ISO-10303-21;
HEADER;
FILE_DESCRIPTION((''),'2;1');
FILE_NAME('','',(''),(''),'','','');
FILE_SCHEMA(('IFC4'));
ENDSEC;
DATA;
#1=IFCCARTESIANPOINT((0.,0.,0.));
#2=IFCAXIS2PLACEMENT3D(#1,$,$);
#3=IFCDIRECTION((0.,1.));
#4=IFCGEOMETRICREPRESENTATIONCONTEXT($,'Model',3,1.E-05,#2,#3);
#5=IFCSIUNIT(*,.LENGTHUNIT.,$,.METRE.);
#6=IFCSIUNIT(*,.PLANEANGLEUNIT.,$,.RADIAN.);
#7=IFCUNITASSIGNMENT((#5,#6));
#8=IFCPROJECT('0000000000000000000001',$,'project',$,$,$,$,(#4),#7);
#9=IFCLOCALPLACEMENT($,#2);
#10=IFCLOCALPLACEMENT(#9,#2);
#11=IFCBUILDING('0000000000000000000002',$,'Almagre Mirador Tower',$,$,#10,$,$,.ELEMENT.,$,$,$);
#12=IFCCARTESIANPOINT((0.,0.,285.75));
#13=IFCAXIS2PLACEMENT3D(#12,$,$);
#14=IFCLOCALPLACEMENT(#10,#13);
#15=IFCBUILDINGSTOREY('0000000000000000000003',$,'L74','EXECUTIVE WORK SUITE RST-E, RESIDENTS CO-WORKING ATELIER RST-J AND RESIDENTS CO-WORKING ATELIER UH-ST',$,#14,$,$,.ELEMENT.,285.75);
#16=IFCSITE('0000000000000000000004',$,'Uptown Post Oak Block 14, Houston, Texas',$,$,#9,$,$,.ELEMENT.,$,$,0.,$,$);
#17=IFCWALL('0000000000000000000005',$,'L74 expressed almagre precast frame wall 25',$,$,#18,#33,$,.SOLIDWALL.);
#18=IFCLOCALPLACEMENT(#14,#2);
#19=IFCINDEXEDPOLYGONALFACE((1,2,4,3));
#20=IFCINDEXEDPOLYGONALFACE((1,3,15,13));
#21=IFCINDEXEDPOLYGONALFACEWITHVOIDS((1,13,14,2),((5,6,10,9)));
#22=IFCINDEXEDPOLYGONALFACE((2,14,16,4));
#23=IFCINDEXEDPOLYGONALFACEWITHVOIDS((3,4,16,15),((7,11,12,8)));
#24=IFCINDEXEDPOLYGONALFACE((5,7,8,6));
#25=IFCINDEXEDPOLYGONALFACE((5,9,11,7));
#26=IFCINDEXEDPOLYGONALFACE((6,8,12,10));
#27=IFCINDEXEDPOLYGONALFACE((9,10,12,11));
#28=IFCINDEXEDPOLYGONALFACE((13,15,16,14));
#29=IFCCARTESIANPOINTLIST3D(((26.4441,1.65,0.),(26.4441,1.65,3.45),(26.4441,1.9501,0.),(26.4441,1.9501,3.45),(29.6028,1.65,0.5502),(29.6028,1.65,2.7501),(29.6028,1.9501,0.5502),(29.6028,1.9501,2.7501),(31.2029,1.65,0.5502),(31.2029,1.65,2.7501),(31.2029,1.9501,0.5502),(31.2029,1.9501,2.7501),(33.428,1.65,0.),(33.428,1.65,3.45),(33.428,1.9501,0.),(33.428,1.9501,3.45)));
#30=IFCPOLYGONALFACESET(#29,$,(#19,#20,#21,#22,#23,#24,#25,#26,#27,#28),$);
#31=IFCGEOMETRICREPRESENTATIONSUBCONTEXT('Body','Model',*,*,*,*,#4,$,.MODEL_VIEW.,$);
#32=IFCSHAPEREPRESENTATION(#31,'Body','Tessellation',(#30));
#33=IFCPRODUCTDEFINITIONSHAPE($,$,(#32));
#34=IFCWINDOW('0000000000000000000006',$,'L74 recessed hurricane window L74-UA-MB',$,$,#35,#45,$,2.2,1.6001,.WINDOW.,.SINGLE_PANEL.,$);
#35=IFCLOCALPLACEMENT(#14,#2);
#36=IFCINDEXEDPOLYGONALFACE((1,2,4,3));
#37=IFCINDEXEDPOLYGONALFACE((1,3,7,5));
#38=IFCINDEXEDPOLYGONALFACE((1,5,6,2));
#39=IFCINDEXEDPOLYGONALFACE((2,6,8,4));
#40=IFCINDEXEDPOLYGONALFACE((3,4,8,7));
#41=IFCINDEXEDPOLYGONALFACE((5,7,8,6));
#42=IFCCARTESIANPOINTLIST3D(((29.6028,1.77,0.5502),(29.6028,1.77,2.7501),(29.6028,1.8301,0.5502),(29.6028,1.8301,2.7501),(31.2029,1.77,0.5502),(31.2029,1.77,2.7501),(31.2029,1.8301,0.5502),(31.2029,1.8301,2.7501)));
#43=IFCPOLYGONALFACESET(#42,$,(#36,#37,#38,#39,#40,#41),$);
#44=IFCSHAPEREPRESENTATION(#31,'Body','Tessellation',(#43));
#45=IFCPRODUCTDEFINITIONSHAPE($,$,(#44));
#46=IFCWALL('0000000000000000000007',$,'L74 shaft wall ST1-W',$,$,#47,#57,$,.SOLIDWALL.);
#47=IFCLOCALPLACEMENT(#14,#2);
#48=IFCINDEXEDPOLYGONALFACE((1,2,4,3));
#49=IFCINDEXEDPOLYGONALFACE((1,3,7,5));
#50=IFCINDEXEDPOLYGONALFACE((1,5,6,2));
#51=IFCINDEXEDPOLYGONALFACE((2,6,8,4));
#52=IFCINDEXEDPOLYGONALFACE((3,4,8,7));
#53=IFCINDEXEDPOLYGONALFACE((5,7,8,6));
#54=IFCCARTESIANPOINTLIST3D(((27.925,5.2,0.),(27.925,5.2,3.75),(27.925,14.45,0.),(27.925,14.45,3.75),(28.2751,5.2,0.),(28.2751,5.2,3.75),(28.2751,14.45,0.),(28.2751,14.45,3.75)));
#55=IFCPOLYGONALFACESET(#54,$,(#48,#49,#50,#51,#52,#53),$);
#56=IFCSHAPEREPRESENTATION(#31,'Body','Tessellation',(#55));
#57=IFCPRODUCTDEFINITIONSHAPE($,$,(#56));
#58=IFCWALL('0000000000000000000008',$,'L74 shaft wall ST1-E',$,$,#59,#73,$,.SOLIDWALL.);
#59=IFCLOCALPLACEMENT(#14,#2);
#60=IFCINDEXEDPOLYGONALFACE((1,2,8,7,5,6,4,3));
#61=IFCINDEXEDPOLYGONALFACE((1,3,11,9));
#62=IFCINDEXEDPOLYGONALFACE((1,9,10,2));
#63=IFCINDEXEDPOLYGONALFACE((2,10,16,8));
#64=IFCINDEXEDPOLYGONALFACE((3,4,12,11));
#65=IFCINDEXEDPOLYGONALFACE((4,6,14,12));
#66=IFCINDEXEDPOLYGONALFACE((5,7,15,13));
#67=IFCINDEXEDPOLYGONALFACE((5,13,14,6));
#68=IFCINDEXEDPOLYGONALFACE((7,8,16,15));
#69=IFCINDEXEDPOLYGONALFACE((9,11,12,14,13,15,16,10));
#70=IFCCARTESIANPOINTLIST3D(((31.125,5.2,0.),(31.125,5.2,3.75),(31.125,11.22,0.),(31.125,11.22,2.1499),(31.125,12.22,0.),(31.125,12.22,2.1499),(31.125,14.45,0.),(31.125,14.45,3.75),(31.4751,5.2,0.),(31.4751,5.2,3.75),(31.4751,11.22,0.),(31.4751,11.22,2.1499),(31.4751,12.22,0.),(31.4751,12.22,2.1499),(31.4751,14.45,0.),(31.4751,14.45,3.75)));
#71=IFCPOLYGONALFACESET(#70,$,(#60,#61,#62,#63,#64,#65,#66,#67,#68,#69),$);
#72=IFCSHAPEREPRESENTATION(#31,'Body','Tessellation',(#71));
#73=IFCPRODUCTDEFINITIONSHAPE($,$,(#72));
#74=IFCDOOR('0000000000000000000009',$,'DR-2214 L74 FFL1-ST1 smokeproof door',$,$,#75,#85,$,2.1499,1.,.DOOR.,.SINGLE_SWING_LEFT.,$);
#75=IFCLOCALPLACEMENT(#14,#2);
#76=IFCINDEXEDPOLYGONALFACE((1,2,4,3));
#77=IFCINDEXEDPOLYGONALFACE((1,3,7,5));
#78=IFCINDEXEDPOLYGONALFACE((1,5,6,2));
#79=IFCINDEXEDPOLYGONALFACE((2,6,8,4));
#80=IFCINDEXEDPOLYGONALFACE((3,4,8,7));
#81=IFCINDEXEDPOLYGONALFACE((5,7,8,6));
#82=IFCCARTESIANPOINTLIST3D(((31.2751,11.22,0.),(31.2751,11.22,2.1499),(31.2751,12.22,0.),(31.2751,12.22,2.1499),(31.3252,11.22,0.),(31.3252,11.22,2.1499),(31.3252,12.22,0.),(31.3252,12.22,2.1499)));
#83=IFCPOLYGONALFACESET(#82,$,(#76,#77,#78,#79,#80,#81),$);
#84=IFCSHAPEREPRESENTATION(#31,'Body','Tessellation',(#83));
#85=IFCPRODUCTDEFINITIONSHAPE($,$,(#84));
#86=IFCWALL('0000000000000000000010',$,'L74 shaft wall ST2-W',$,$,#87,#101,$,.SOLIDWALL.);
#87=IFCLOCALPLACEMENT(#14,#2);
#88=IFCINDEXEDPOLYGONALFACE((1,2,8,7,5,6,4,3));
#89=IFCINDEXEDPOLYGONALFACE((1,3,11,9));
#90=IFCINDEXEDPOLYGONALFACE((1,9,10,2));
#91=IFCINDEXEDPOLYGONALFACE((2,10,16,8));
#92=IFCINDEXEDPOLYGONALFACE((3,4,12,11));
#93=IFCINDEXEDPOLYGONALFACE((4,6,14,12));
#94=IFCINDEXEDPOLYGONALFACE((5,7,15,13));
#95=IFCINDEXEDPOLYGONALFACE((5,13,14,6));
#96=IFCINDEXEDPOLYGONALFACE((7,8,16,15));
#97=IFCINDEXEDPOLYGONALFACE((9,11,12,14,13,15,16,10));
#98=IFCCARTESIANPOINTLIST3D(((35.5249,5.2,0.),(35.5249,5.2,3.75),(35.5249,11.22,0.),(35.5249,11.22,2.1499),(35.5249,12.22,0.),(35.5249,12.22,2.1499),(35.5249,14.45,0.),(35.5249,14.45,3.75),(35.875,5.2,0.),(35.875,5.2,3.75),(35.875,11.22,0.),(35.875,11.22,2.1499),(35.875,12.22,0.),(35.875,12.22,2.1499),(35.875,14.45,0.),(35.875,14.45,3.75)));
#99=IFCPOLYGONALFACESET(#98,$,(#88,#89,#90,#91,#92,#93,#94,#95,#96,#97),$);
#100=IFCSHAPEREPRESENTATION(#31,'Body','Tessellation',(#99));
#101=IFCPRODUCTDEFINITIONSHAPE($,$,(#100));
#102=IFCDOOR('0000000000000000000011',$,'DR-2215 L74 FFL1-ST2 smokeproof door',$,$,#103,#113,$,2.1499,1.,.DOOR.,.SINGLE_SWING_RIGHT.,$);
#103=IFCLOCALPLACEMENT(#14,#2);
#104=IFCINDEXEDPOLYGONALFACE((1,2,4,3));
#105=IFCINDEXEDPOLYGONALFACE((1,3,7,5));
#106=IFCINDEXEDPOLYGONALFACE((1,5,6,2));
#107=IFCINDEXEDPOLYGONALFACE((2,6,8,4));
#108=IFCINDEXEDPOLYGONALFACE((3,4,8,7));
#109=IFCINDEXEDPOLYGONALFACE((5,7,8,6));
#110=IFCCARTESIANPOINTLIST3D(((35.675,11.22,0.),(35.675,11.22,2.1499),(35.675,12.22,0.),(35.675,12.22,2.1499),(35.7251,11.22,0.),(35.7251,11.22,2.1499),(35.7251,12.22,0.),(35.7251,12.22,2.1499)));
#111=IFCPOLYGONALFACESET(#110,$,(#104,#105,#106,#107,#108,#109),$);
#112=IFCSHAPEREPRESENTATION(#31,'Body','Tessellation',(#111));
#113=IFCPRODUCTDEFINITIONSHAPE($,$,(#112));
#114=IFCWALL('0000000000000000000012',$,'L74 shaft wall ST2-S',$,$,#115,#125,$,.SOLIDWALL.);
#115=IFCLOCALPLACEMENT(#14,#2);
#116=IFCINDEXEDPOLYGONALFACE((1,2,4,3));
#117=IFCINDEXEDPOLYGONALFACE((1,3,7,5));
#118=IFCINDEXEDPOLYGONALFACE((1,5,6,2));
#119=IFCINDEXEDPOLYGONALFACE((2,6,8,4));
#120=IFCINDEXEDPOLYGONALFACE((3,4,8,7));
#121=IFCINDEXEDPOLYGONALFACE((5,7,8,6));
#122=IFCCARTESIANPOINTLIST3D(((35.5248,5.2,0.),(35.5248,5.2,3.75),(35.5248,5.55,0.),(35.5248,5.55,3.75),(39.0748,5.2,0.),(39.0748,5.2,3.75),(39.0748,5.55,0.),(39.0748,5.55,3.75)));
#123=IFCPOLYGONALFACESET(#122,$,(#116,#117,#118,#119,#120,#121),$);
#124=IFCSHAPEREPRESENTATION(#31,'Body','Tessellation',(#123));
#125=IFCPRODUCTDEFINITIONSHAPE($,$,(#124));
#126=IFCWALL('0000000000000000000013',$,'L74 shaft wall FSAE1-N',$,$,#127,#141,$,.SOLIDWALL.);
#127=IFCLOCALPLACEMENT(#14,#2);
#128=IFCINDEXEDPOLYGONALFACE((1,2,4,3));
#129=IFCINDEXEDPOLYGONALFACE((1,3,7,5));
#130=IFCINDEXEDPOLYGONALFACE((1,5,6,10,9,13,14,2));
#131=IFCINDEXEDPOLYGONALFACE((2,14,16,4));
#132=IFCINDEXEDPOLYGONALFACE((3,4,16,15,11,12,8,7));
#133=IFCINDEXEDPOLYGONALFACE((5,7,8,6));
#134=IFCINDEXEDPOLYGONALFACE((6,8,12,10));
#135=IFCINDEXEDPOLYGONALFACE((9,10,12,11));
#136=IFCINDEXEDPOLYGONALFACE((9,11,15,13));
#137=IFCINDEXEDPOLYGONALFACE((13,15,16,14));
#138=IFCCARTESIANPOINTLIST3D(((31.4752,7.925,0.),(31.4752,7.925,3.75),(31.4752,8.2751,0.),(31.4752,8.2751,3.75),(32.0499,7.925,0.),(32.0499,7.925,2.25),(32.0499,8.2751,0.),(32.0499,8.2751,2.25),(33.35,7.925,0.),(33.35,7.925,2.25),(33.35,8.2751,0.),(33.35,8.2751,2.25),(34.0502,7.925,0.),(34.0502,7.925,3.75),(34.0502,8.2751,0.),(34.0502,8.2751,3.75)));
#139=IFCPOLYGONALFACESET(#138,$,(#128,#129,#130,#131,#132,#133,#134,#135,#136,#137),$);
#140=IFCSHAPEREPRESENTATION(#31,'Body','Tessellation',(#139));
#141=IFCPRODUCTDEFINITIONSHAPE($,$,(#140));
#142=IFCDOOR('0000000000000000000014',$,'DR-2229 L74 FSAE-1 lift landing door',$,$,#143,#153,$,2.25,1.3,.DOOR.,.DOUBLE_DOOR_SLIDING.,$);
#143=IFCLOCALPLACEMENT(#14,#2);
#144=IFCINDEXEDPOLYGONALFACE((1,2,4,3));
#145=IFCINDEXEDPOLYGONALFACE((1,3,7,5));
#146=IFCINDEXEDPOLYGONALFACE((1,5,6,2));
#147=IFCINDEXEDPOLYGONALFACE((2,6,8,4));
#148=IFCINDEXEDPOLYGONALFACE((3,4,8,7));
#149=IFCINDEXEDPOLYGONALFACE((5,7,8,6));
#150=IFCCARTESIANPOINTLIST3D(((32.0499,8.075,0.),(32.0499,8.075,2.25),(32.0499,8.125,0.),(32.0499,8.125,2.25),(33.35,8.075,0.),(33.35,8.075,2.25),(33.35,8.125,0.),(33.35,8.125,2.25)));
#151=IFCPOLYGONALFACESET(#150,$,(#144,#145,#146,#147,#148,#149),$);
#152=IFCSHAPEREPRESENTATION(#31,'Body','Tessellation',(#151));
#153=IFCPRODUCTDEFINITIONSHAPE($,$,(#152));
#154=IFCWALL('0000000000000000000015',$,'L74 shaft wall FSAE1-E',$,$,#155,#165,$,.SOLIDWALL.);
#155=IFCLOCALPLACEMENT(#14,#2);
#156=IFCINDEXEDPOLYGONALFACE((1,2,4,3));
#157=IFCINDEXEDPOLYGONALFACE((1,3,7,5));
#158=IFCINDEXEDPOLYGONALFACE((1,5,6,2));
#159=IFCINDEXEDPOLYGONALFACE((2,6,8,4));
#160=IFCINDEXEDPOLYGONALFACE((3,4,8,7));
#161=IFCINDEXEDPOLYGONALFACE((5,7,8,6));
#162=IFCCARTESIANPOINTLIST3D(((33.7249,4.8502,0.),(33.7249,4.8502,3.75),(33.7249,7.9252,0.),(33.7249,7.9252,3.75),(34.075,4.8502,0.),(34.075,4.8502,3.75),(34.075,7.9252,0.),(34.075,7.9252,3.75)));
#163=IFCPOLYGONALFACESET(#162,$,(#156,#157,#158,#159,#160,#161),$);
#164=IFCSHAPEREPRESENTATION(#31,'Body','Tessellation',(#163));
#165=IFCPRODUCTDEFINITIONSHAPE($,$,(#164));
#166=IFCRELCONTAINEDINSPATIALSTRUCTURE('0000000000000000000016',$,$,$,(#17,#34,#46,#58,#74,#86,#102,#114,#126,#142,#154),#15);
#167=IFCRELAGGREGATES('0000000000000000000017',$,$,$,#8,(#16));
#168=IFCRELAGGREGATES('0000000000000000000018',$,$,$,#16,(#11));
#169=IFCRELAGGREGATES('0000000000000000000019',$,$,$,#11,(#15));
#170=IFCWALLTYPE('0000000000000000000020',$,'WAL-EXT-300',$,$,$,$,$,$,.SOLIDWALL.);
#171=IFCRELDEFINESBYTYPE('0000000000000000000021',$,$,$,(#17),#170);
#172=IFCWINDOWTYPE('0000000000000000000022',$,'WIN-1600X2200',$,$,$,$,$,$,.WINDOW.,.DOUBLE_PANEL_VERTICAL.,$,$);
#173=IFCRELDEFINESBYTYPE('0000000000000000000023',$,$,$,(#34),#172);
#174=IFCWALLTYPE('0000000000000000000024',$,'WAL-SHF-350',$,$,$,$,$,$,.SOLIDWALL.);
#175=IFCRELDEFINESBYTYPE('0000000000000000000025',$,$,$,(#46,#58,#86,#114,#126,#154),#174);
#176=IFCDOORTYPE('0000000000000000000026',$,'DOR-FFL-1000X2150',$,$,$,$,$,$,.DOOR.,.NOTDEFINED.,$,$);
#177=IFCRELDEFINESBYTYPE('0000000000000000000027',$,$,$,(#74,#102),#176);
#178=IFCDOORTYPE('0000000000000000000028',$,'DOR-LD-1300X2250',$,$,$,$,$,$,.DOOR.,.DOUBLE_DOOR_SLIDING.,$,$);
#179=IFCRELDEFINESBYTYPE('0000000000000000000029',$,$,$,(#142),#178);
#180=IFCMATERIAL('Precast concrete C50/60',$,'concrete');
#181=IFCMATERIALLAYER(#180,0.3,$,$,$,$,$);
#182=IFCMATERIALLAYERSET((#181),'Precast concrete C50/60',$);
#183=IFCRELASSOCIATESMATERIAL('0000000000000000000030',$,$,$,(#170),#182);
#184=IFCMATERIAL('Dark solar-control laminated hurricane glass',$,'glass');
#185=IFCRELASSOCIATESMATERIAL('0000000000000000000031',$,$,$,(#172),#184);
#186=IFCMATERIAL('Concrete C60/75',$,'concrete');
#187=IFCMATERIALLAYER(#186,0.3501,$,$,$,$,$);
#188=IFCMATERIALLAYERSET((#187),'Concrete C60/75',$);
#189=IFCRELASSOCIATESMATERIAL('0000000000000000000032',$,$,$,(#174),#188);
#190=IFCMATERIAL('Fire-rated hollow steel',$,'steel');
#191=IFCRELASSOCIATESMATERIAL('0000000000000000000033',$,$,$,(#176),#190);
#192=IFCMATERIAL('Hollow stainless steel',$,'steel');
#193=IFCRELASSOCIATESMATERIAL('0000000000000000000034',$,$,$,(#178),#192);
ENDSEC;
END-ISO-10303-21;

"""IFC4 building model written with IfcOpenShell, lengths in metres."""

from ifc_helpers import new_model, si_unit, direction, frame, frame_2d, origin, place, context, subcontext, project, spatial, rectangle, extrude, material, layer, layer_set, type_object, element, fill, save


model = new_model("IFC4")

# Units and contexts
model_context = context("Model", 3, precision=1e-05, world=origin(), true_north=direction((0.0, 1.0)))
body_context = subcontext(model_context, "Body", "Model", "MODEL_VIEW")
ifc_project = project(units=[si_unit("LENGTHUNIT", "METRE"), si_unit("PLANEANGLEUNIT", "RADIAN")], contexts=[model_context])

# Site, building, storey
site_placement = place(None, origin())
site = spatial("IfcSite", under=ifc_project, at=site_placement, Name="Uptown Post Oak Block 14, Houston, Texas", CompositionType="ELEMENT", RefElevation=0.0)
building_placement = place(site_placement, origin())
building = spatial("IfcBuilding", under=site, at=building_placement, Name="Almagre Mirador Tower", CompositionType="ELEMENT")
storey_placement = place(building_placement, frame((0.0, 0.0, 285.75)))
storey = spatial("IfcBuildingStorey", under=building, at=storey_placement, Name="L74", Description="EXECUTIVE WORK SUITE RST-E, RESIDENTS CO-WORKING ATELIER RST-J AND RESIDENTS CO-WORKING ATELIER UH-ST", CompositionType="ELEMENT", Elevation=285.75)

# Wall, opening, window
ifc_material_1 = material(Name="Precast concrete C50/60", Category="concrete")
ifc_layer_1 = layer(ifc_material_1, 0.3)
ifc_layer_set_1 = layer_set([ifc_layer_1], Name="Precast concrete C50/60")
wall_type_1 = type_object("IfcWallType", Name="WAL-EXT-300", PredefinedType="SOLIDWALL", material=ifc_layer_set_1)
wall_1_placement = place(storey_placement, frame((33.428, 1.8, 0.0), z_axis=(0.0, 0.0, 1.0), x_axis=(-1.0, 0.0, 0.0)))
wall_1 = element("IfcWall", 1, at=wall_1_placement, inside=storey, type_object=wall_type_1, Name="L74 expressed almagre precast frame wall 25", PredefinedType="SOLIDWALL", context=body_context, shape_type="SweptSolid", body=[
    extrude(rectangle(XDim=6.9839, YDim=0.3, at=frame_2d((3.4919, 0.0))), origin(), (0.0, 0.0, 1.0), 3.45),
])
opening_1_placement = place(wall_1_placement, frame((2.2251, 0.0, 0.55)))
opening_1 = element("IfcOpeningElement", 2, at=opening_1_placement, cuts=wall_1, PredefinedType="OPENING", context=body_context, shape_type="SweptSolid", body=[
    extrude(rectangle(XDim=1.6001, YDim=2.2, at=frame_2d((0.8, 1.1001))), frame((0.0, 0.1599, 0.0), z_axis=(0.0, -1.0, 0.0), x_axis=(1.0, 0.0, 0.0)), (0.0, 0.0, 1.0), 0.32),
])
ifc_material_2 = material(Name="Dark solar-control laminated hurricane glass", Category="glass")
window_type = type_object("IfcWindowType", Name="WIN-1600X2200", PartitioningType="DOUBLE_PANEL_VERTICAL", PredefinedType="WINDOW", material=ifc_material_2)
window_placement = place(opening_1_placement, origin())
window = element("IfcWindow", 3, at=window_placement, inside=storey, type_object=window_type, Name="L74 recessed hurricane window L74-UA-MB", OverallHeight=2.2, OverallWidth=1.6001, PartitioningType="SINGLE_PANEL", PredefinedType="WINDOW", context=body_context, shape_type="SweptSolid", body=[
    extrude(rectangle(XDim=1.6001, YDim=2.2, at=frame_2d((0.8, 1.1001))), frame((0.0, 0.03, 0.0), z_axis=(0.0, -1.0, 0.0), x_axis=(1.0, 0.0, 0.0)), (0.0, 0.0, 1.0), 0.0601),
])
fill(opening_1, window)

# Wall
ifc_material_3 = material(Name="Concrete C60/75", Category="concrete")
ifc_layer_2 = layer(ifc_material_3, 0.3501)
ifc_layer_set_2 = layer_set([ifc_layer_2], Name="Concrete C60/75")
wall_type_2 = type_object("IfcWallType", Name="WAL-SHF-350", PredefinedType="SOLIDWALL", material=ifc_layer_set_2)
wall_2_placement = place(storey_placement, frame((28.1001, 5.2, 0.0), z_axis=(0.0, 0.0, 1.0), x_axis=(0.0, 1.0, 0.0)))
element("IfcWall", 4, at=wall_2_placement, inside=storey, type_object=wall_type_2, Name="L74 shaft wall ST1-W", PredefinedType="SOLIDWALL", context=body_context, shape_type="SweptSolid", body=[
    extrude(rectangle(XDim=9.25, YDim=0.3501, at=frame_2d((4.625, 0.0))), origin(), (0.0, 0.0, 1.0), 3.75),
])

# Walls, openings, doors
wall_3_placement = place(storey_placement, frame((31.3, 5.2, 0.0), z_axis=(0.0, 0.0, 1.0), x_axis=(0.0, 1.0, 0.0)))
wall_3 = element("IfcWall", 5, at=wall_3_placement, inside=storey, type_object=wall_type_2, Name="L74 shaft wall ST1-E", PredefinedType="SOLIDWALL", context=body_context, shape_type="SweptSolid", body=[
    extrude(rectangle(XDim=9.25, YDim=0.3501, at=frame_2d((4.625, 0.0))), origin(), (0.0, 0.0, 1.0), 3.75),
])
opening_2_placement = place(wall_3_placement, frame((6.02, 0.0, 0.0)))
opening_2 = element("IfcOpeningElement", 6, at=opening_2_placement, cuts=wall_3, PredefinedType="OPENING", context=body_context, shape_type="SweptSolid", body=[
    extrude(rectangle(XDim=1.0, YDim=2.1499, at=frame_2d((0.5, 1.075))), frame((0.0, 0.185, 0.0), z_axis=(0.0, -1.0, 0.0), x_axis=(1.0, 0.0, 0.0)), (0.0, 0.0, 1.0), 0.3701),
])
ifc_material_4 = material(Name="Fire-rated hollow steel", Category="steel")
door_type_1 = type_object("IfcDoorType", Name="DOR-FFL-1000X2150", OperationType="NOTDEFINED", PredefinedType="DOOR", material=ifc_material_4)
door_1_placement = place(opening_2_placement, origin())
door_1 = element("IfcDoor", 7, at=door_1_placement, inside=storey, type_object=door_type_1, Name="DR-2214 L74 FFL1-ST1 smokeproof door", OperationType="SINGLE_SWING_LEFT", OverallHeight=2.1499, OverallWidth=1.0, PredefinedType="DOOR", context=body_context, shape_type="SweptSolid", body=[
    extrude(rectangle(XDim=1.0, YDim=2.1499, at=frame_2d((0.5, 1.075))), frame((0.0, 0.0249, 0.0), z_axis=(0.0, -1.0, 0.0), x_axis=(1.0, 0.0, 0.0)), (0.0, 0.0, 1.0), 0.05),
])
fill(opening_2, door_1)
wall_4_placement = place(storey_placement, frame((35.7, 5.2, 0.0), z_axis=(0.0, 0.0, 1.0), x_axis=(0.0, 1.0, 0.0)))
wall_4 = element("IfcWall", 8, at=wall_4_placement, inside=storey, type_object=wall_type_2, Name="L74 shaft wall ST2-W", PredefinedType="SOLIDWALL", context=body_context, shape_type="SweptSolid", body=[
    extrude(rectangle(XDim=9.25, YDim=0.3501, at=frame_2d((4.625, 0.0))), origin(), (0.0, 0.0, 1.0), 3.75),
])
opening_3_placement = place(wall_4_placement, frame((6.02, 0.0, 0.0)))
opening_3 = element("IfcOpeningElement", 9, at=opening_3_placement, cuts=wall_4, PredefinedType="OPENING", context=body_context, shape_type="SweptSolid", body=[
    extrude(rectangle(XDim=1.0, YDim=2.1499, at=frame_2d((0.5, 1.075))), frame((0.0, 0.185, 0.0), z_axis=(0.0, -1.0, 0.0), x_axis=(1.0, 0.0, 0.0)), (0.0, 0.0, 1.0), 0.3701),
])
door_2_placement = place(opening_3_placement, origin())
door_2 = element("IfcDoor", 10, at=door_2_placement, inside=storey, type_object=door_type_1, Name="DR-2215 L74 FFL1-ST2 smokeproof door", OperationType="SINGLE_SWING_RIGHT", OverallHeight=2.1499, OverallWidth=1.0, PredefinedType="DOOR", context=body_context, shape_type="SweptSolid", body=[
    extrude(rectangle(XDim=1.0, YDim=2.1499, at=frame_2d((0.5, 1.075))), frame((0.0, 0.0249, 0.0), z_axis=(0.0, -1.0, 0.0), x_axis=(1.0, 0.0, 0.0)), (0.0, 0.0, 1.0), 0.05),
])
fill(opening_3, door_2)

# Wall
wall_5_placement = place(storey_placement, frame((35.5249, 5.375, 0.0), z_axis=(0.0, 0.0, 1.0), x_axis=(1.0, 0.0, 0.0)))
element("IfcWall", 11, at=wall_5_placement, inside=storey, type_object=wall_type_2, Name="L74 shaft wall ST2-S", PredefinedType="SOLIDWALL", context=body_context, shape_type="SweptSolid", body=[
    extrude(rectangle(XDim=3.55, YDim=0.3501, at=frame_2d((1.7749, 0.0))), origin(), (0.0, 0.0, 1.0), 3.75),
])

# Wall, opening, door
wall_6_placement = place(storey_placement, frame((31.4751, 8.1001, 0.0), z_axis=(0.0, 0.0, 1.0), x_axis=(1.0, 0.0, 0.0)))
wall_6 = element("IfcWall", 12, at=wall_6_placement, inside=storey, type_object=wall_type_2, Name="L74 shaft wall FSAE1-N", PredefinedType="SOLIDWALL", context=body_context, shape_type="SweptSolid", body=[
    extrude(rectangle(XDim=2.575, YDim=0.3501, at=frame_2d((1.2876, 0.0))), origin(), (0.0, 0.0, 1.0), 3.75),
])
opening_4_placement = place(wall_6_placement, frame((0.575, 0.0, 0.0)))
opening_4 = element("IfcOpeningElement", 13, at=opening_4_placement, cuts=wall_6, PredefinedType="OPENING", context=body_context, shape_type="SweptSolid", body=[
    extrude(rectangle(XDim=1.3, YDim=2.25, at=frame_2d((0.6499, 1.125))), frame((0.0, 0.185, 0.0), z_axis=(0.0, -1.0, 0.0), x_axis=(1.0, 0.0, 0.0)), (0.0, 0.0, 1.0), 0.3701),
])
ifc_material_5 = material(Name="Hollow stainless steel", Category="steel")
door_type_2 = type_object("IfcDoorType", Name="DOR-LD-1300X2250", OperationType="DOUBLE_DOOR_SLIDING", PredefinedType="DOOR", material=ifc_material_5)
door_3_placement = place(opening_4_placement, origin())
door_3 = element("IfcDoor", 14, at=door_3_placement, inside=storey, type_object=door_type_2, Name="DR-2229 L74 FSAE-1 lift landing door", OperationType="DOUBLE_DOOR_SLIDING", OverallHeight=2.25, OverallWidth=1.3, PredefinedType="DOOR", context=body_context, shape_type="SweptSolid", body=[
    extrude(rectangle(XDim=1.3, YDim=2.25, at=frame_2d((0.6499, 1.125))), frame((0.0, 0.0249, 0.0), z_axis=(0.0, -1.0, 0.0), x_axis=(1.0, 0.0, 0.0)), (0.0, 0.0, 1.0), 0.05),
])
fill(opening_4, door_3)

# Wall
wall_7_placement = place(storey_placement, frame((33.8999, 4.8501, 0.0), z_axis=(0.0, 0.0, 1.0), x_axis=(0.0, 1.0, 0.0)))
element("IfcWall", 15, at=wall_7_placement, inside=storey, type_object=wall_type_2, Name="L74 shaft wall FSAE1-E", PredefinedType="SOLIDWALL", context=body_context, shape_type="SweptSolid", body=[
    extrude(rectangle(XDim=3.075, YDim=0.3501, at=frame_2d((1.5376, 0.0))), origin(), (0.0, 0.0, 1.0), 3.75),
])

save(model, "model.ifc")
